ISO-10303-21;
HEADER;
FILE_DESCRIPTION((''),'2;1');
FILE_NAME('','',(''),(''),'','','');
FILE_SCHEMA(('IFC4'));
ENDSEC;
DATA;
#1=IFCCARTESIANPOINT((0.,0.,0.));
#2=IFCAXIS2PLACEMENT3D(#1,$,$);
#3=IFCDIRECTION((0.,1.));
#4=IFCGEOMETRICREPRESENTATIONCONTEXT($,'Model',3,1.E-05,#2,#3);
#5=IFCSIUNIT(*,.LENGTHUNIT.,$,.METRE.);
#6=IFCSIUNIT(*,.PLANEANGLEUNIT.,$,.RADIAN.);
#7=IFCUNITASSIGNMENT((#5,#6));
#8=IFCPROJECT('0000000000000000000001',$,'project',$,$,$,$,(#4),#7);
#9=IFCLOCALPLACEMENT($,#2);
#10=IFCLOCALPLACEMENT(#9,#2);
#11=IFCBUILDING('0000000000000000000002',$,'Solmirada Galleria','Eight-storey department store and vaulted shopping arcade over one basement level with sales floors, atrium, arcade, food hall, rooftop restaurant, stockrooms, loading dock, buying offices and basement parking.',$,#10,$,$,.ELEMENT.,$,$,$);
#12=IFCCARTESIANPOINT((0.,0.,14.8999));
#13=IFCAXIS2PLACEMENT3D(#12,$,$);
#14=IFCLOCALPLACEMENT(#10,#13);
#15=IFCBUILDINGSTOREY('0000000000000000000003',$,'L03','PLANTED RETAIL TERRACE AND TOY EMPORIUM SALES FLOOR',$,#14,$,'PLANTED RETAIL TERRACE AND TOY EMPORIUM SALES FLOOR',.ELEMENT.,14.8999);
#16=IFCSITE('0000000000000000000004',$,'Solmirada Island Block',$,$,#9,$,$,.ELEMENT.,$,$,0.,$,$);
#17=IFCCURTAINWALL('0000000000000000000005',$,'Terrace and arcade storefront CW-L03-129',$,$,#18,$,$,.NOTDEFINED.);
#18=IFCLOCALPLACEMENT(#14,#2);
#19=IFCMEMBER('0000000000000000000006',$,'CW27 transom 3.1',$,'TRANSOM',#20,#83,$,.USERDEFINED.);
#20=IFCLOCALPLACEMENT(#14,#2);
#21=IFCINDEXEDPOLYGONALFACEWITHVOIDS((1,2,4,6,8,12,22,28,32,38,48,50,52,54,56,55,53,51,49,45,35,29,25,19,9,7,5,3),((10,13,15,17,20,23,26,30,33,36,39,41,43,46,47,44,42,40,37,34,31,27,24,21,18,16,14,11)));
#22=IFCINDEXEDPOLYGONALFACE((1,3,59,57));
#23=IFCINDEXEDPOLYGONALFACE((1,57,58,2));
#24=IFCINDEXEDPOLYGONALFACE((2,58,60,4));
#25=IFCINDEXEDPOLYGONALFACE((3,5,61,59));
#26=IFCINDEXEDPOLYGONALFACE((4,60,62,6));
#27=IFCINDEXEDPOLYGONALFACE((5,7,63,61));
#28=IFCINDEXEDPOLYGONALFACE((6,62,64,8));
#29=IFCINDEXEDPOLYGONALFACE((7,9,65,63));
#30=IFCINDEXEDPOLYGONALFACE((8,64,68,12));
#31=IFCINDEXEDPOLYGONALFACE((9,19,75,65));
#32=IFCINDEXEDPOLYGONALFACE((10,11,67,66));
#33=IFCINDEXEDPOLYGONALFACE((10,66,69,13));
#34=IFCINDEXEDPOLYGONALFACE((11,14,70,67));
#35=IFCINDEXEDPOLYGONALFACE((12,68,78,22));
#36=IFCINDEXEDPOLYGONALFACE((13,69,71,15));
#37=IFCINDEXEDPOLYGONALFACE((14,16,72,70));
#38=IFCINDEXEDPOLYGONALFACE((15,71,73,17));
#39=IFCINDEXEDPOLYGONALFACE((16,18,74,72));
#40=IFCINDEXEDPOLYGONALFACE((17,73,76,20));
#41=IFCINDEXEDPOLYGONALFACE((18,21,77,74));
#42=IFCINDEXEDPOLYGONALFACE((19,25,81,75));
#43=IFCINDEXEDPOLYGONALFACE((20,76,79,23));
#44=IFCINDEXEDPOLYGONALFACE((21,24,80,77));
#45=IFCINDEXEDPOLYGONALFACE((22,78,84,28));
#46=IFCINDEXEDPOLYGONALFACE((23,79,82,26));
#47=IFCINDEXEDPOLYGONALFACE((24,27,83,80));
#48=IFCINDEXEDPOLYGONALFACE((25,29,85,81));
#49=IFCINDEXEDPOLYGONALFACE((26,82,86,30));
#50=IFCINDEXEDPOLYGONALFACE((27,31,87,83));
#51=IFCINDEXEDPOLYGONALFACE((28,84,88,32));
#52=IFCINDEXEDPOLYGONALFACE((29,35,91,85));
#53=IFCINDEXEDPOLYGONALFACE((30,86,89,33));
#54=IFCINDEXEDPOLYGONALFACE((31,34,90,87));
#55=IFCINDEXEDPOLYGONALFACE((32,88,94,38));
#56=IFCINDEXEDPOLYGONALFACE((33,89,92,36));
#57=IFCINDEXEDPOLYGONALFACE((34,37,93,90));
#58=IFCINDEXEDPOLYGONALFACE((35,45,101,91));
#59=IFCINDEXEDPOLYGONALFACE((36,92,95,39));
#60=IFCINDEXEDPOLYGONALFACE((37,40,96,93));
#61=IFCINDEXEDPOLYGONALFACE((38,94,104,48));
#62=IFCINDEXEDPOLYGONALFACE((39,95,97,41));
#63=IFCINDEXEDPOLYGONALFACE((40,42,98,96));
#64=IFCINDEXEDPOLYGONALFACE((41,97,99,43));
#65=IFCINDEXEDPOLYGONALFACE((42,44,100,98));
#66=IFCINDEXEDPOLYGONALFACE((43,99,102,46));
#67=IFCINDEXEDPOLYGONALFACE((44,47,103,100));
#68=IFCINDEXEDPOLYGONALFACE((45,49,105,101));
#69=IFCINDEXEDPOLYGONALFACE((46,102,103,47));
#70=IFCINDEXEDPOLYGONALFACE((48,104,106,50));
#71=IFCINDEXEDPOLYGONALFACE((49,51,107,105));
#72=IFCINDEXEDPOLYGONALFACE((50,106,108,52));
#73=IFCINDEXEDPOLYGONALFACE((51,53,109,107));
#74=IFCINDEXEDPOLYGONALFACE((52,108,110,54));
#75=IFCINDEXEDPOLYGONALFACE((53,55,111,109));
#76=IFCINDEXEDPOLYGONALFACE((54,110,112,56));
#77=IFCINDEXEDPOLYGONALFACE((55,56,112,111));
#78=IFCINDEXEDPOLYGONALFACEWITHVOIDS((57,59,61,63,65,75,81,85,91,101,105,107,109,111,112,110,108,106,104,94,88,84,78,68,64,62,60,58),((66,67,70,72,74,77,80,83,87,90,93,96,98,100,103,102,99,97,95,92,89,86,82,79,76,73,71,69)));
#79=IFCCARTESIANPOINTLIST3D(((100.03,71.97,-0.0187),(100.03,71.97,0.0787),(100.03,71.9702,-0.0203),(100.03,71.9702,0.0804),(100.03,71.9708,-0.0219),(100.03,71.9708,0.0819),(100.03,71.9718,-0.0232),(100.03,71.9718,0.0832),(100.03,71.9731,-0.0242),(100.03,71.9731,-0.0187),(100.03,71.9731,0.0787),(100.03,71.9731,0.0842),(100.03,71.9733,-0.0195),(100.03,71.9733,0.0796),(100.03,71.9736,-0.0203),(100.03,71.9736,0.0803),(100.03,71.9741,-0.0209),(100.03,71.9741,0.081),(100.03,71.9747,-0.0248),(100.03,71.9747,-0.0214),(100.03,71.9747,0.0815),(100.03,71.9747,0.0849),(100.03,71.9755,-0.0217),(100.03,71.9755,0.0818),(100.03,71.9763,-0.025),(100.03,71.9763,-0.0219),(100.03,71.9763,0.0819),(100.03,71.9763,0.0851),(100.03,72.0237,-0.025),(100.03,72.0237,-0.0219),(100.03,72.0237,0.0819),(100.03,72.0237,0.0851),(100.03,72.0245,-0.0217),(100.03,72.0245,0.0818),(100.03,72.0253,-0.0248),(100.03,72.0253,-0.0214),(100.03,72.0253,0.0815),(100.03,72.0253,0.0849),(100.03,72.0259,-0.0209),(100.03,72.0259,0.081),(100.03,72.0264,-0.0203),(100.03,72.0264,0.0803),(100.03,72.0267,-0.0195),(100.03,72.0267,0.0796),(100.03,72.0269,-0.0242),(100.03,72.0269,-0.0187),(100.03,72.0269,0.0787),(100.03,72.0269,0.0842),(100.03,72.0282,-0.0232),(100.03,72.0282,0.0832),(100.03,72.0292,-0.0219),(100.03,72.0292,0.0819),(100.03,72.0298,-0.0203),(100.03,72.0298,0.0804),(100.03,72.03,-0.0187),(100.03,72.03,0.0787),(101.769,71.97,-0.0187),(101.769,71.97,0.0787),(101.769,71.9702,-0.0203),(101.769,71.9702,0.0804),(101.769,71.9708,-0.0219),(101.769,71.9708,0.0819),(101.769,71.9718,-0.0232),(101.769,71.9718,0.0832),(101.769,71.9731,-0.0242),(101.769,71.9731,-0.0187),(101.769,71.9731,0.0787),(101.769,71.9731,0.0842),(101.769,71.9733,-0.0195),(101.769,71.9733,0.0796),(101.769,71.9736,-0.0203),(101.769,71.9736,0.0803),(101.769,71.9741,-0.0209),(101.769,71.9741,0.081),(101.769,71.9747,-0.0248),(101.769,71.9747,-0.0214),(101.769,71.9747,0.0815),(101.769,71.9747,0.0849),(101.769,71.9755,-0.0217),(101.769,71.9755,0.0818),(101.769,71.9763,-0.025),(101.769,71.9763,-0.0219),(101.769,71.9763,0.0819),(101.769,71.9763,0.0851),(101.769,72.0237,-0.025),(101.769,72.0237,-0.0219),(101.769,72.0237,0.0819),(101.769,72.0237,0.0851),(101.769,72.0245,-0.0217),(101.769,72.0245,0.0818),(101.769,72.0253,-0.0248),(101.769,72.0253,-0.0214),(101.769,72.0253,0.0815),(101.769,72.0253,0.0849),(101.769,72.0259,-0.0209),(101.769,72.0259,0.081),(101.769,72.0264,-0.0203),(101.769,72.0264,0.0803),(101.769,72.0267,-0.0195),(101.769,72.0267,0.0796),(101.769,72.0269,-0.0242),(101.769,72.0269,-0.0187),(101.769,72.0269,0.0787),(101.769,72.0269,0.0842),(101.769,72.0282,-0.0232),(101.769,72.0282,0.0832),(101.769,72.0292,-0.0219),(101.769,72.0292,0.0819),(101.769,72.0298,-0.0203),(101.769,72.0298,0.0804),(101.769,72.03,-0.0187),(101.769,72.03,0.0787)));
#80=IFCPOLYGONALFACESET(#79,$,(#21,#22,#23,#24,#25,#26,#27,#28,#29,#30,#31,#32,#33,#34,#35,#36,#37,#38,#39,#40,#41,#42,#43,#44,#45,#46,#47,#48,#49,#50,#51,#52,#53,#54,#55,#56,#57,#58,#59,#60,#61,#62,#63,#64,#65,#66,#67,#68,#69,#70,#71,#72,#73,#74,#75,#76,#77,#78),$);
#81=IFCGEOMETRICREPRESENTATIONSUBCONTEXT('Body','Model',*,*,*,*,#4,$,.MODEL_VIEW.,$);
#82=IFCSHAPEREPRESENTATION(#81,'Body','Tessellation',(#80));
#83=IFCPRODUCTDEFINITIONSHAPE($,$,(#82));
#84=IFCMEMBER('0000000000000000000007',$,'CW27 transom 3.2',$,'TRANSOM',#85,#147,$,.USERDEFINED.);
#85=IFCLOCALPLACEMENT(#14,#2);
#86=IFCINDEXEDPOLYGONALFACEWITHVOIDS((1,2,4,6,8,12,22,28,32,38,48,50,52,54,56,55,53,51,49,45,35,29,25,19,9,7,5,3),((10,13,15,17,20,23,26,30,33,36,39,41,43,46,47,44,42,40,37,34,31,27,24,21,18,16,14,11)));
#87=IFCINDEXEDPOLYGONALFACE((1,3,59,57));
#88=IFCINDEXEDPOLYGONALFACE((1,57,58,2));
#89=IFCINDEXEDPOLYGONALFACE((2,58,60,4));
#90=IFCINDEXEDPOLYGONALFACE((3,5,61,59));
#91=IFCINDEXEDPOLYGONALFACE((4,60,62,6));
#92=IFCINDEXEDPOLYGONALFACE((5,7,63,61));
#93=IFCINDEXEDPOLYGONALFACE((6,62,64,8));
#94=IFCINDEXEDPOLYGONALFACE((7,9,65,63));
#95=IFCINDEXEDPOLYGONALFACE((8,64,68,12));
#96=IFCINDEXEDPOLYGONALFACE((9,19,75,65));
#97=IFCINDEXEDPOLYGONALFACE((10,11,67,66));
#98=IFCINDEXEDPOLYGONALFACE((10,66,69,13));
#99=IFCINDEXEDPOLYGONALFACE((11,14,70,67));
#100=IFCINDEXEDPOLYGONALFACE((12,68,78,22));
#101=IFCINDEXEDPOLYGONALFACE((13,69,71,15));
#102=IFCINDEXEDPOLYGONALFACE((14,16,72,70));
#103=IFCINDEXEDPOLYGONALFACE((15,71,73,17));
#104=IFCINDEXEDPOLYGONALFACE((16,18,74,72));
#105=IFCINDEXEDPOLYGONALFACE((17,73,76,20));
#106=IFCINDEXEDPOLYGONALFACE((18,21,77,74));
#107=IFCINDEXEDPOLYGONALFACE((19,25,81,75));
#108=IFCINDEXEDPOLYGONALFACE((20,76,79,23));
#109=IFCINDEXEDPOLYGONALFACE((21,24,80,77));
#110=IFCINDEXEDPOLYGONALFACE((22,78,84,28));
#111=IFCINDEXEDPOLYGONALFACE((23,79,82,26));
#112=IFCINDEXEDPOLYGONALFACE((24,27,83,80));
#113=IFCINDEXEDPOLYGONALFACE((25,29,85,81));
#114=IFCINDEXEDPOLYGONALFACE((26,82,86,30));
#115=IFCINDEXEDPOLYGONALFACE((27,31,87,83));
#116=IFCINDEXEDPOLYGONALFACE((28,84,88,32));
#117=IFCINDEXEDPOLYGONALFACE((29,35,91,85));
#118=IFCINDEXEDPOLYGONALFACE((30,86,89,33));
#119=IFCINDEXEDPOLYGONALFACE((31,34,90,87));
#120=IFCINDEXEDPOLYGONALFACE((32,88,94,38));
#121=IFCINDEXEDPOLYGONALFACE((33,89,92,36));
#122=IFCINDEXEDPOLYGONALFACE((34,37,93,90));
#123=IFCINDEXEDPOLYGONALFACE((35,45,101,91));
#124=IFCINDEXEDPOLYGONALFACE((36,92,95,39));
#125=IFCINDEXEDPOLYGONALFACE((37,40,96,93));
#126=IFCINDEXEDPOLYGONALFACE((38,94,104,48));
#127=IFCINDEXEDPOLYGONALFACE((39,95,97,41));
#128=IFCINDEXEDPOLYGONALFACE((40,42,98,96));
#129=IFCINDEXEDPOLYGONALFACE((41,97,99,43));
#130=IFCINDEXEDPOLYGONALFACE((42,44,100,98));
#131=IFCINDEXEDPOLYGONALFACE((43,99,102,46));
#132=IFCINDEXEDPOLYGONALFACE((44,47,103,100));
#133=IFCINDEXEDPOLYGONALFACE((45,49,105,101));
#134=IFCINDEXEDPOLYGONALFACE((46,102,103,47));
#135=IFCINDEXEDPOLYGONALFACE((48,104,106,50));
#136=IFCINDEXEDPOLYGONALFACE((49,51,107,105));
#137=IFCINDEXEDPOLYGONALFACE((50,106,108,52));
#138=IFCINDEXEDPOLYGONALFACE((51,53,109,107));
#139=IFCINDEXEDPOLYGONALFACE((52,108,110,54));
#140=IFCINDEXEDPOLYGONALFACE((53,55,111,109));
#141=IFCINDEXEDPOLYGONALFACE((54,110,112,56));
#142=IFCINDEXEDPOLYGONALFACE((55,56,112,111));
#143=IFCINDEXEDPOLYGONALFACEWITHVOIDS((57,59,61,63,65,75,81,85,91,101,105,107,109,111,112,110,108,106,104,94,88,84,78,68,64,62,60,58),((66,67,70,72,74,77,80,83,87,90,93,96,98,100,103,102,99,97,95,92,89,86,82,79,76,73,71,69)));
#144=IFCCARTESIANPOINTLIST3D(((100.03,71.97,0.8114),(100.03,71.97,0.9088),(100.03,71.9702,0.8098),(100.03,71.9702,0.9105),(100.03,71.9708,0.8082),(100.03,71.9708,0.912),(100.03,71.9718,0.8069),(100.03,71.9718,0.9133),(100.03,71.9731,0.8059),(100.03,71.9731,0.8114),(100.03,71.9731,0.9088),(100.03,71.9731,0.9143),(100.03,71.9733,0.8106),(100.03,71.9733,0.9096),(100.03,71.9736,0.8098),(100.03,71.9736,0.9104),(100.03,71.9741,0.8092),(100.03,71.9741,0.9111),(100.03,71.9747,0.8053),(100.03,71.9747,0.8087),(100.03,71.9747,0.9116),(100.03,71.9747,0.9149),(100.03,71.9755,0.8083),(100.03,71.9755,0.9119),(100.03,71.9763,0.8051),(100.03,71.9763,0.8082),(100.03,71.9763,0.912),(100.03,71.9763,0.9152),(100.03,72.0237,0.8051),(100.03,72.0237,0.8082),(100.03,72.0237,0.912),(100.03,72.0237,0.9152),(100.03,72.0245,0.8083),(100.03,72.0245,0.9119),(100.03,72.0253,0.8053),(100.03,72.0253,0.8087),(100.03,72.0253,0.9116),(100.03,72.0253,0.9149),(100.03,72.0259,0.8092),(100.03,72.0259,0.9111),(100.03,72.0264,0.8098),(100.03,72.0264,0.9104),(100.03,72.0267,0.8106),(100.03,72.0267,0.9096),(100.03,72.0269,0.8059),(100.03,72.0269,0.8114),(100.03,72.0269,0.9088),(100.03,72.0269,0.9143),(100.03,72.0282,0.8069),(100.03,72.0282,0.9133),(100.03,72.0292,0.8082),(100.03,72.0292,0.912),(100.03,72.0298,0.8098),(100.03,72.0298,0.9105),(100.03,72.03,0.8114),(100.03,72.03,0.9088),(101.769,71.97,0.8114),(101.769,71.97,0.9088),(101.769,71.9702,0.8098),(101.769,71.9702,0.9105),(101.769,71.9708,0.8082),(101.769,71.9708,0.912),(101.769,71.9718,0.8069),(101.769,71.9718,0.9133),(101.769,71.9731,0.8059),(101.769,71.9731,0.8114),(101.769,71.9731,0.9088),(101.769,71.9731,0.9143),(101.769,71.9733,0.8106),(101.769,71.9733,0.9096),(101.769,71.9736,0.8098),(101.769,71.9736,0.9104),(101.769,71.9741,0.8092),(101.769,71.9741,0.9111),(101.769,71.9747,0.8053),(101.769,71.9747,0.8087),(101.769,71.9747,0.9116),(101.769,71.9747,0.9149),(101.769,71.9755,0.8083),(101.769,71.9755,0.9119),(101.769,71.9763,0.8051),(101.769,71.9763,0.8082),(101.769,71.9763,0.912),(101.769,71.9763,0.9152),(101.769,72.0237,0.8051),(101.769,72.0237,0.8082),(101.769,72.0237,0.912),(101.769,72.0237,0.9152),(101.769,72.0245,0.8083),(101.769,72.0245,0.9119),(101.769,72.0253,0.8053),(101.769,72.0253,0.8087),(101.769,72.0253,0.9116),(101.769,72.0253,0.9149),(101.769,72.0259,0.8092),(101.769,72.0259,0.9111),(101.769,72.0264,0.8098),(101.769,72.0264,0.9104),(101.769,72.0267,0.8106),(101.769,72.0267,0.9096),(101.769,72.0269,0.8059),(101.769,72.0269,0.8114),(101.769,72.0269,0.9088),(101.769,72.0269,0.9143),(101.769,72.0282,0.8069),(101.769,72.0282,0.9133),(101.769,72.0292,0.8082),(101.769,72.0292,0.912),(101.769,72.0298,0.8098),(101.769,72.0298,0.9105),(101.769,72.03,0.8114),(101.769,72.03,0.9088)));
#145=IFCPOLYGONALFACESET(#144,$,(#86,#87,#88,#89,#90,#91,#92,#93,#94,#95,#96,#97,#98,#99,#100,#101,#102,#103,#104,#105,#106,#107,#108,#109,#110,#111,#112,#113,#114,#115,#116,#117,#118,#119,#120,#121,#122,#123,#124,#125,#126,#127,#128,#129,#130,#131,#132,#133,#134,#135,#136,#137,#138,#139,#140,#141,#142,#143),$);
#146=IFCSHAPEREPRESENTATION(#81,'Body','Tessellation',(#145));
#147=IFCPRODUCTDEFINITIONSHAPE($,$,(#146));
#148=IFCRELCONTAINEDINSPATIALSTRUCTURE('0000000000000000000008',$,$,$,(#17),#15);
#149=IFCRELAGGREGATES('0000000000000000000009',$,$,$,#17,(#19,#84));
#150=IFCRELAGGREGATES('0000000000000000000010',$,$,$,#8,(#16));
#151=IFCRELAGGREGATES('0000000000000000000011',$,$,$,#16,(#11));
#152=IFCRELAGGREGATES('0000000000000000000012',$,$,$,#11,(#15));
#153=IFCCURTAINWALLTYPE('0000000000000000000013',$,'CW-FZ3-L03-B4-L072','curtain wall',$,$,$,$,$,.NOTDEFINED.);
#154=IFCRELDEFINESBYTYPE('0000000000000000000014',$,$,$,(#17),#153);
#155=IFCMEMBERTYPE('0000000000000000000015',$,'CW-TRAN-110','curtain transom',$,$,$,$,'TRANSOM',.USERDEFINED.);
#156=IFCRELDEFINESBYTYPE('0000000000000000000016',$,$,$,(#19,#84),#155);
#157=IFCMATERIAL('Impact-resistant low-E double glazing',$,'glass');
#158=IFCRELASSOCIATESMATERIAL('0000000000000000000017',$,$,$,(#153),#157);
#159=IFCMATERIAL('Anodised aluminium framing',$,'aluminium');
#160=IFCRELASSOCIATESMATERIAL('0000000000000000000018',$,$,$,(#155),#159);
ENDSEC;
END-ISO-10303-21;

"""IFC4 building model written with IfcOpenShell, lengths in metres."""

from ifc_helpers import new_model, si_unit, direction, frame, origin, origin_2d, place, context, subcontext, project, spatial, hollow_rectangle, extrude, material, material_profile, profile_set, type_object, element, aggregate, save


model = new_model("IFC4")

# Units and contexts
model_context = context("Model", 3, precision=1e-05, world=origin(), true_north=direction((0.0, 1.0)))
body_context = subcontext(model_context, "Body", "Model", "MODEL_VIEW")
ifc_project = project(units=[si_unit("LENGTHUNIT", "METRE"), si_unit("PLANEANGLEUNIT", "RADIAN")], contexts=[model_context])

# Site, building, storey
site_placement = place(None, origin())
site = spatial("IfcSite", under=ifc_project, at=site_placement, Name="Solmirada Island Block", CompositionType="ELEMENT", RefElevation=0.0)
building_placement = place(site_placement, origin())
building = spatial("IfcBuilding", under=site, at=building_placement, Name="Solmirada Galleria", Description="Eight-storey department store and vaulted shopping arcade over one basement level with sales floors, atrium, arcade, food hall, rooftop restaurant, stockrooms, loading dock, buying offices and basement parking.", CompositionType="ELEMENT")
storey_placement = place(building_placement, frame((0.0, 0.0, 14.8999)))
storey = spatial("IfcBuildingStorey", under=building, at=storey_placement, Name="L03", Description="PLANTED RETAIL TERRACE AND TOY EMPORIUM SALES FLOOR", LongName="PLANTED RETAIL TERRACE AND TOY EMPORIUM SALES FLOOR", CompositionType="ELEMENT", Elevation=14.8999)

# Shared definitions
ifc_material_1 = material(Name="Impact-resistant low-E double glazing", Category="glass")
curtain_wall_type = type_object("IfcCurtainWallType", Name="CW-FZ3-L03-B4-L072", Description="curtain wall", PredefinedType="NOTDEFINED", material=ifc_material_1)
ifc_material_2 = material(Name="Anodised aluminium framing", Category="aluminium")

# Curtain wall, members
curtain_wall_1_placement = place(storey_placement, origin())
curtain_wall_1 = element("IfcCurtainWall", 1, at=curtain_wall_1_placement, inside=storey, type_object=curtain_wall_type, Name="Terrace and arcade storefront CW-L03-129", PredefinedType="NOTDEFINED")
ifc_material_profile_1 = material_profile(ifc_material_2, hollow_rectangle(XDim=0.0601, YDim=0.1101, WallThickness=0.0032, InnerFilletRadius=0.0032, OuterFilletRadius=0.0063, at=origin_2d()), Name="ALU-TRAN-110X60")
ifc_profile_set_1 = profile_set([ifc_material_profile_1], Name="Anodised aluminium framing")
member_type_1 = type_object("IfcMemberType", Name="CW-TRAN-110", Description="curtain transom", ElementType="TRANSOM", PredefinedType="USERDEFINED", material=ifc_profile_set_1)
member_1_placement = place(storey_placement, frame((100.03, 72.0, 0.03), z_axis=(1.0, 0.0, 0.0), x_axis=(0.0, 1.0, 0.0)))
member_1 = element("IfcMember", 2, at=member_1_placement, type_object=member_type_1, Name="CW27 transom 3.1", ObjectType="TRANSOM", PredefinedType="USERDEFINED", context=body_context, shape_type="SweptSolid", body=[
    extrude(hollow_rectangle(XDim=0.0601, YDim=0.1101, WallThickness=0.0032, InnerFilletRadius=0.0032, OuterFilletRadius=0.0063, at=origin_2d()), origin(), (0.0, 0.0, 1.0), 1.739),
])
member_2_placement = place(storey_placement, frame((100.03, 72.0, 0.8601), z_axis=(1.0, 0.0, 0.0), x_axis=(0.0, 1.0, 0.0)))
member_2 = element("IfcMember", 3, at=member_2_placement, type_object=member_type_1, Name="CW27 transom 3.2", ObjectType="TRANSOM", PredefinedType="USERDEFINED", context=body_context, shape_type="SweptSolid", body=[
    extrude(hollow_rectangle(XDim=0.0601, YDim=0.1101, WallThickness=0.0032, InnerFilletRadius=0.0032, OuterFilletRadius=0.0063, at=origin_2d()), origin(), (0.0, 0.0, 1.0), 1.739),
])

aggregate(curtain_wall_1, [member_1, member_2])

save(model, "model.ifc")
